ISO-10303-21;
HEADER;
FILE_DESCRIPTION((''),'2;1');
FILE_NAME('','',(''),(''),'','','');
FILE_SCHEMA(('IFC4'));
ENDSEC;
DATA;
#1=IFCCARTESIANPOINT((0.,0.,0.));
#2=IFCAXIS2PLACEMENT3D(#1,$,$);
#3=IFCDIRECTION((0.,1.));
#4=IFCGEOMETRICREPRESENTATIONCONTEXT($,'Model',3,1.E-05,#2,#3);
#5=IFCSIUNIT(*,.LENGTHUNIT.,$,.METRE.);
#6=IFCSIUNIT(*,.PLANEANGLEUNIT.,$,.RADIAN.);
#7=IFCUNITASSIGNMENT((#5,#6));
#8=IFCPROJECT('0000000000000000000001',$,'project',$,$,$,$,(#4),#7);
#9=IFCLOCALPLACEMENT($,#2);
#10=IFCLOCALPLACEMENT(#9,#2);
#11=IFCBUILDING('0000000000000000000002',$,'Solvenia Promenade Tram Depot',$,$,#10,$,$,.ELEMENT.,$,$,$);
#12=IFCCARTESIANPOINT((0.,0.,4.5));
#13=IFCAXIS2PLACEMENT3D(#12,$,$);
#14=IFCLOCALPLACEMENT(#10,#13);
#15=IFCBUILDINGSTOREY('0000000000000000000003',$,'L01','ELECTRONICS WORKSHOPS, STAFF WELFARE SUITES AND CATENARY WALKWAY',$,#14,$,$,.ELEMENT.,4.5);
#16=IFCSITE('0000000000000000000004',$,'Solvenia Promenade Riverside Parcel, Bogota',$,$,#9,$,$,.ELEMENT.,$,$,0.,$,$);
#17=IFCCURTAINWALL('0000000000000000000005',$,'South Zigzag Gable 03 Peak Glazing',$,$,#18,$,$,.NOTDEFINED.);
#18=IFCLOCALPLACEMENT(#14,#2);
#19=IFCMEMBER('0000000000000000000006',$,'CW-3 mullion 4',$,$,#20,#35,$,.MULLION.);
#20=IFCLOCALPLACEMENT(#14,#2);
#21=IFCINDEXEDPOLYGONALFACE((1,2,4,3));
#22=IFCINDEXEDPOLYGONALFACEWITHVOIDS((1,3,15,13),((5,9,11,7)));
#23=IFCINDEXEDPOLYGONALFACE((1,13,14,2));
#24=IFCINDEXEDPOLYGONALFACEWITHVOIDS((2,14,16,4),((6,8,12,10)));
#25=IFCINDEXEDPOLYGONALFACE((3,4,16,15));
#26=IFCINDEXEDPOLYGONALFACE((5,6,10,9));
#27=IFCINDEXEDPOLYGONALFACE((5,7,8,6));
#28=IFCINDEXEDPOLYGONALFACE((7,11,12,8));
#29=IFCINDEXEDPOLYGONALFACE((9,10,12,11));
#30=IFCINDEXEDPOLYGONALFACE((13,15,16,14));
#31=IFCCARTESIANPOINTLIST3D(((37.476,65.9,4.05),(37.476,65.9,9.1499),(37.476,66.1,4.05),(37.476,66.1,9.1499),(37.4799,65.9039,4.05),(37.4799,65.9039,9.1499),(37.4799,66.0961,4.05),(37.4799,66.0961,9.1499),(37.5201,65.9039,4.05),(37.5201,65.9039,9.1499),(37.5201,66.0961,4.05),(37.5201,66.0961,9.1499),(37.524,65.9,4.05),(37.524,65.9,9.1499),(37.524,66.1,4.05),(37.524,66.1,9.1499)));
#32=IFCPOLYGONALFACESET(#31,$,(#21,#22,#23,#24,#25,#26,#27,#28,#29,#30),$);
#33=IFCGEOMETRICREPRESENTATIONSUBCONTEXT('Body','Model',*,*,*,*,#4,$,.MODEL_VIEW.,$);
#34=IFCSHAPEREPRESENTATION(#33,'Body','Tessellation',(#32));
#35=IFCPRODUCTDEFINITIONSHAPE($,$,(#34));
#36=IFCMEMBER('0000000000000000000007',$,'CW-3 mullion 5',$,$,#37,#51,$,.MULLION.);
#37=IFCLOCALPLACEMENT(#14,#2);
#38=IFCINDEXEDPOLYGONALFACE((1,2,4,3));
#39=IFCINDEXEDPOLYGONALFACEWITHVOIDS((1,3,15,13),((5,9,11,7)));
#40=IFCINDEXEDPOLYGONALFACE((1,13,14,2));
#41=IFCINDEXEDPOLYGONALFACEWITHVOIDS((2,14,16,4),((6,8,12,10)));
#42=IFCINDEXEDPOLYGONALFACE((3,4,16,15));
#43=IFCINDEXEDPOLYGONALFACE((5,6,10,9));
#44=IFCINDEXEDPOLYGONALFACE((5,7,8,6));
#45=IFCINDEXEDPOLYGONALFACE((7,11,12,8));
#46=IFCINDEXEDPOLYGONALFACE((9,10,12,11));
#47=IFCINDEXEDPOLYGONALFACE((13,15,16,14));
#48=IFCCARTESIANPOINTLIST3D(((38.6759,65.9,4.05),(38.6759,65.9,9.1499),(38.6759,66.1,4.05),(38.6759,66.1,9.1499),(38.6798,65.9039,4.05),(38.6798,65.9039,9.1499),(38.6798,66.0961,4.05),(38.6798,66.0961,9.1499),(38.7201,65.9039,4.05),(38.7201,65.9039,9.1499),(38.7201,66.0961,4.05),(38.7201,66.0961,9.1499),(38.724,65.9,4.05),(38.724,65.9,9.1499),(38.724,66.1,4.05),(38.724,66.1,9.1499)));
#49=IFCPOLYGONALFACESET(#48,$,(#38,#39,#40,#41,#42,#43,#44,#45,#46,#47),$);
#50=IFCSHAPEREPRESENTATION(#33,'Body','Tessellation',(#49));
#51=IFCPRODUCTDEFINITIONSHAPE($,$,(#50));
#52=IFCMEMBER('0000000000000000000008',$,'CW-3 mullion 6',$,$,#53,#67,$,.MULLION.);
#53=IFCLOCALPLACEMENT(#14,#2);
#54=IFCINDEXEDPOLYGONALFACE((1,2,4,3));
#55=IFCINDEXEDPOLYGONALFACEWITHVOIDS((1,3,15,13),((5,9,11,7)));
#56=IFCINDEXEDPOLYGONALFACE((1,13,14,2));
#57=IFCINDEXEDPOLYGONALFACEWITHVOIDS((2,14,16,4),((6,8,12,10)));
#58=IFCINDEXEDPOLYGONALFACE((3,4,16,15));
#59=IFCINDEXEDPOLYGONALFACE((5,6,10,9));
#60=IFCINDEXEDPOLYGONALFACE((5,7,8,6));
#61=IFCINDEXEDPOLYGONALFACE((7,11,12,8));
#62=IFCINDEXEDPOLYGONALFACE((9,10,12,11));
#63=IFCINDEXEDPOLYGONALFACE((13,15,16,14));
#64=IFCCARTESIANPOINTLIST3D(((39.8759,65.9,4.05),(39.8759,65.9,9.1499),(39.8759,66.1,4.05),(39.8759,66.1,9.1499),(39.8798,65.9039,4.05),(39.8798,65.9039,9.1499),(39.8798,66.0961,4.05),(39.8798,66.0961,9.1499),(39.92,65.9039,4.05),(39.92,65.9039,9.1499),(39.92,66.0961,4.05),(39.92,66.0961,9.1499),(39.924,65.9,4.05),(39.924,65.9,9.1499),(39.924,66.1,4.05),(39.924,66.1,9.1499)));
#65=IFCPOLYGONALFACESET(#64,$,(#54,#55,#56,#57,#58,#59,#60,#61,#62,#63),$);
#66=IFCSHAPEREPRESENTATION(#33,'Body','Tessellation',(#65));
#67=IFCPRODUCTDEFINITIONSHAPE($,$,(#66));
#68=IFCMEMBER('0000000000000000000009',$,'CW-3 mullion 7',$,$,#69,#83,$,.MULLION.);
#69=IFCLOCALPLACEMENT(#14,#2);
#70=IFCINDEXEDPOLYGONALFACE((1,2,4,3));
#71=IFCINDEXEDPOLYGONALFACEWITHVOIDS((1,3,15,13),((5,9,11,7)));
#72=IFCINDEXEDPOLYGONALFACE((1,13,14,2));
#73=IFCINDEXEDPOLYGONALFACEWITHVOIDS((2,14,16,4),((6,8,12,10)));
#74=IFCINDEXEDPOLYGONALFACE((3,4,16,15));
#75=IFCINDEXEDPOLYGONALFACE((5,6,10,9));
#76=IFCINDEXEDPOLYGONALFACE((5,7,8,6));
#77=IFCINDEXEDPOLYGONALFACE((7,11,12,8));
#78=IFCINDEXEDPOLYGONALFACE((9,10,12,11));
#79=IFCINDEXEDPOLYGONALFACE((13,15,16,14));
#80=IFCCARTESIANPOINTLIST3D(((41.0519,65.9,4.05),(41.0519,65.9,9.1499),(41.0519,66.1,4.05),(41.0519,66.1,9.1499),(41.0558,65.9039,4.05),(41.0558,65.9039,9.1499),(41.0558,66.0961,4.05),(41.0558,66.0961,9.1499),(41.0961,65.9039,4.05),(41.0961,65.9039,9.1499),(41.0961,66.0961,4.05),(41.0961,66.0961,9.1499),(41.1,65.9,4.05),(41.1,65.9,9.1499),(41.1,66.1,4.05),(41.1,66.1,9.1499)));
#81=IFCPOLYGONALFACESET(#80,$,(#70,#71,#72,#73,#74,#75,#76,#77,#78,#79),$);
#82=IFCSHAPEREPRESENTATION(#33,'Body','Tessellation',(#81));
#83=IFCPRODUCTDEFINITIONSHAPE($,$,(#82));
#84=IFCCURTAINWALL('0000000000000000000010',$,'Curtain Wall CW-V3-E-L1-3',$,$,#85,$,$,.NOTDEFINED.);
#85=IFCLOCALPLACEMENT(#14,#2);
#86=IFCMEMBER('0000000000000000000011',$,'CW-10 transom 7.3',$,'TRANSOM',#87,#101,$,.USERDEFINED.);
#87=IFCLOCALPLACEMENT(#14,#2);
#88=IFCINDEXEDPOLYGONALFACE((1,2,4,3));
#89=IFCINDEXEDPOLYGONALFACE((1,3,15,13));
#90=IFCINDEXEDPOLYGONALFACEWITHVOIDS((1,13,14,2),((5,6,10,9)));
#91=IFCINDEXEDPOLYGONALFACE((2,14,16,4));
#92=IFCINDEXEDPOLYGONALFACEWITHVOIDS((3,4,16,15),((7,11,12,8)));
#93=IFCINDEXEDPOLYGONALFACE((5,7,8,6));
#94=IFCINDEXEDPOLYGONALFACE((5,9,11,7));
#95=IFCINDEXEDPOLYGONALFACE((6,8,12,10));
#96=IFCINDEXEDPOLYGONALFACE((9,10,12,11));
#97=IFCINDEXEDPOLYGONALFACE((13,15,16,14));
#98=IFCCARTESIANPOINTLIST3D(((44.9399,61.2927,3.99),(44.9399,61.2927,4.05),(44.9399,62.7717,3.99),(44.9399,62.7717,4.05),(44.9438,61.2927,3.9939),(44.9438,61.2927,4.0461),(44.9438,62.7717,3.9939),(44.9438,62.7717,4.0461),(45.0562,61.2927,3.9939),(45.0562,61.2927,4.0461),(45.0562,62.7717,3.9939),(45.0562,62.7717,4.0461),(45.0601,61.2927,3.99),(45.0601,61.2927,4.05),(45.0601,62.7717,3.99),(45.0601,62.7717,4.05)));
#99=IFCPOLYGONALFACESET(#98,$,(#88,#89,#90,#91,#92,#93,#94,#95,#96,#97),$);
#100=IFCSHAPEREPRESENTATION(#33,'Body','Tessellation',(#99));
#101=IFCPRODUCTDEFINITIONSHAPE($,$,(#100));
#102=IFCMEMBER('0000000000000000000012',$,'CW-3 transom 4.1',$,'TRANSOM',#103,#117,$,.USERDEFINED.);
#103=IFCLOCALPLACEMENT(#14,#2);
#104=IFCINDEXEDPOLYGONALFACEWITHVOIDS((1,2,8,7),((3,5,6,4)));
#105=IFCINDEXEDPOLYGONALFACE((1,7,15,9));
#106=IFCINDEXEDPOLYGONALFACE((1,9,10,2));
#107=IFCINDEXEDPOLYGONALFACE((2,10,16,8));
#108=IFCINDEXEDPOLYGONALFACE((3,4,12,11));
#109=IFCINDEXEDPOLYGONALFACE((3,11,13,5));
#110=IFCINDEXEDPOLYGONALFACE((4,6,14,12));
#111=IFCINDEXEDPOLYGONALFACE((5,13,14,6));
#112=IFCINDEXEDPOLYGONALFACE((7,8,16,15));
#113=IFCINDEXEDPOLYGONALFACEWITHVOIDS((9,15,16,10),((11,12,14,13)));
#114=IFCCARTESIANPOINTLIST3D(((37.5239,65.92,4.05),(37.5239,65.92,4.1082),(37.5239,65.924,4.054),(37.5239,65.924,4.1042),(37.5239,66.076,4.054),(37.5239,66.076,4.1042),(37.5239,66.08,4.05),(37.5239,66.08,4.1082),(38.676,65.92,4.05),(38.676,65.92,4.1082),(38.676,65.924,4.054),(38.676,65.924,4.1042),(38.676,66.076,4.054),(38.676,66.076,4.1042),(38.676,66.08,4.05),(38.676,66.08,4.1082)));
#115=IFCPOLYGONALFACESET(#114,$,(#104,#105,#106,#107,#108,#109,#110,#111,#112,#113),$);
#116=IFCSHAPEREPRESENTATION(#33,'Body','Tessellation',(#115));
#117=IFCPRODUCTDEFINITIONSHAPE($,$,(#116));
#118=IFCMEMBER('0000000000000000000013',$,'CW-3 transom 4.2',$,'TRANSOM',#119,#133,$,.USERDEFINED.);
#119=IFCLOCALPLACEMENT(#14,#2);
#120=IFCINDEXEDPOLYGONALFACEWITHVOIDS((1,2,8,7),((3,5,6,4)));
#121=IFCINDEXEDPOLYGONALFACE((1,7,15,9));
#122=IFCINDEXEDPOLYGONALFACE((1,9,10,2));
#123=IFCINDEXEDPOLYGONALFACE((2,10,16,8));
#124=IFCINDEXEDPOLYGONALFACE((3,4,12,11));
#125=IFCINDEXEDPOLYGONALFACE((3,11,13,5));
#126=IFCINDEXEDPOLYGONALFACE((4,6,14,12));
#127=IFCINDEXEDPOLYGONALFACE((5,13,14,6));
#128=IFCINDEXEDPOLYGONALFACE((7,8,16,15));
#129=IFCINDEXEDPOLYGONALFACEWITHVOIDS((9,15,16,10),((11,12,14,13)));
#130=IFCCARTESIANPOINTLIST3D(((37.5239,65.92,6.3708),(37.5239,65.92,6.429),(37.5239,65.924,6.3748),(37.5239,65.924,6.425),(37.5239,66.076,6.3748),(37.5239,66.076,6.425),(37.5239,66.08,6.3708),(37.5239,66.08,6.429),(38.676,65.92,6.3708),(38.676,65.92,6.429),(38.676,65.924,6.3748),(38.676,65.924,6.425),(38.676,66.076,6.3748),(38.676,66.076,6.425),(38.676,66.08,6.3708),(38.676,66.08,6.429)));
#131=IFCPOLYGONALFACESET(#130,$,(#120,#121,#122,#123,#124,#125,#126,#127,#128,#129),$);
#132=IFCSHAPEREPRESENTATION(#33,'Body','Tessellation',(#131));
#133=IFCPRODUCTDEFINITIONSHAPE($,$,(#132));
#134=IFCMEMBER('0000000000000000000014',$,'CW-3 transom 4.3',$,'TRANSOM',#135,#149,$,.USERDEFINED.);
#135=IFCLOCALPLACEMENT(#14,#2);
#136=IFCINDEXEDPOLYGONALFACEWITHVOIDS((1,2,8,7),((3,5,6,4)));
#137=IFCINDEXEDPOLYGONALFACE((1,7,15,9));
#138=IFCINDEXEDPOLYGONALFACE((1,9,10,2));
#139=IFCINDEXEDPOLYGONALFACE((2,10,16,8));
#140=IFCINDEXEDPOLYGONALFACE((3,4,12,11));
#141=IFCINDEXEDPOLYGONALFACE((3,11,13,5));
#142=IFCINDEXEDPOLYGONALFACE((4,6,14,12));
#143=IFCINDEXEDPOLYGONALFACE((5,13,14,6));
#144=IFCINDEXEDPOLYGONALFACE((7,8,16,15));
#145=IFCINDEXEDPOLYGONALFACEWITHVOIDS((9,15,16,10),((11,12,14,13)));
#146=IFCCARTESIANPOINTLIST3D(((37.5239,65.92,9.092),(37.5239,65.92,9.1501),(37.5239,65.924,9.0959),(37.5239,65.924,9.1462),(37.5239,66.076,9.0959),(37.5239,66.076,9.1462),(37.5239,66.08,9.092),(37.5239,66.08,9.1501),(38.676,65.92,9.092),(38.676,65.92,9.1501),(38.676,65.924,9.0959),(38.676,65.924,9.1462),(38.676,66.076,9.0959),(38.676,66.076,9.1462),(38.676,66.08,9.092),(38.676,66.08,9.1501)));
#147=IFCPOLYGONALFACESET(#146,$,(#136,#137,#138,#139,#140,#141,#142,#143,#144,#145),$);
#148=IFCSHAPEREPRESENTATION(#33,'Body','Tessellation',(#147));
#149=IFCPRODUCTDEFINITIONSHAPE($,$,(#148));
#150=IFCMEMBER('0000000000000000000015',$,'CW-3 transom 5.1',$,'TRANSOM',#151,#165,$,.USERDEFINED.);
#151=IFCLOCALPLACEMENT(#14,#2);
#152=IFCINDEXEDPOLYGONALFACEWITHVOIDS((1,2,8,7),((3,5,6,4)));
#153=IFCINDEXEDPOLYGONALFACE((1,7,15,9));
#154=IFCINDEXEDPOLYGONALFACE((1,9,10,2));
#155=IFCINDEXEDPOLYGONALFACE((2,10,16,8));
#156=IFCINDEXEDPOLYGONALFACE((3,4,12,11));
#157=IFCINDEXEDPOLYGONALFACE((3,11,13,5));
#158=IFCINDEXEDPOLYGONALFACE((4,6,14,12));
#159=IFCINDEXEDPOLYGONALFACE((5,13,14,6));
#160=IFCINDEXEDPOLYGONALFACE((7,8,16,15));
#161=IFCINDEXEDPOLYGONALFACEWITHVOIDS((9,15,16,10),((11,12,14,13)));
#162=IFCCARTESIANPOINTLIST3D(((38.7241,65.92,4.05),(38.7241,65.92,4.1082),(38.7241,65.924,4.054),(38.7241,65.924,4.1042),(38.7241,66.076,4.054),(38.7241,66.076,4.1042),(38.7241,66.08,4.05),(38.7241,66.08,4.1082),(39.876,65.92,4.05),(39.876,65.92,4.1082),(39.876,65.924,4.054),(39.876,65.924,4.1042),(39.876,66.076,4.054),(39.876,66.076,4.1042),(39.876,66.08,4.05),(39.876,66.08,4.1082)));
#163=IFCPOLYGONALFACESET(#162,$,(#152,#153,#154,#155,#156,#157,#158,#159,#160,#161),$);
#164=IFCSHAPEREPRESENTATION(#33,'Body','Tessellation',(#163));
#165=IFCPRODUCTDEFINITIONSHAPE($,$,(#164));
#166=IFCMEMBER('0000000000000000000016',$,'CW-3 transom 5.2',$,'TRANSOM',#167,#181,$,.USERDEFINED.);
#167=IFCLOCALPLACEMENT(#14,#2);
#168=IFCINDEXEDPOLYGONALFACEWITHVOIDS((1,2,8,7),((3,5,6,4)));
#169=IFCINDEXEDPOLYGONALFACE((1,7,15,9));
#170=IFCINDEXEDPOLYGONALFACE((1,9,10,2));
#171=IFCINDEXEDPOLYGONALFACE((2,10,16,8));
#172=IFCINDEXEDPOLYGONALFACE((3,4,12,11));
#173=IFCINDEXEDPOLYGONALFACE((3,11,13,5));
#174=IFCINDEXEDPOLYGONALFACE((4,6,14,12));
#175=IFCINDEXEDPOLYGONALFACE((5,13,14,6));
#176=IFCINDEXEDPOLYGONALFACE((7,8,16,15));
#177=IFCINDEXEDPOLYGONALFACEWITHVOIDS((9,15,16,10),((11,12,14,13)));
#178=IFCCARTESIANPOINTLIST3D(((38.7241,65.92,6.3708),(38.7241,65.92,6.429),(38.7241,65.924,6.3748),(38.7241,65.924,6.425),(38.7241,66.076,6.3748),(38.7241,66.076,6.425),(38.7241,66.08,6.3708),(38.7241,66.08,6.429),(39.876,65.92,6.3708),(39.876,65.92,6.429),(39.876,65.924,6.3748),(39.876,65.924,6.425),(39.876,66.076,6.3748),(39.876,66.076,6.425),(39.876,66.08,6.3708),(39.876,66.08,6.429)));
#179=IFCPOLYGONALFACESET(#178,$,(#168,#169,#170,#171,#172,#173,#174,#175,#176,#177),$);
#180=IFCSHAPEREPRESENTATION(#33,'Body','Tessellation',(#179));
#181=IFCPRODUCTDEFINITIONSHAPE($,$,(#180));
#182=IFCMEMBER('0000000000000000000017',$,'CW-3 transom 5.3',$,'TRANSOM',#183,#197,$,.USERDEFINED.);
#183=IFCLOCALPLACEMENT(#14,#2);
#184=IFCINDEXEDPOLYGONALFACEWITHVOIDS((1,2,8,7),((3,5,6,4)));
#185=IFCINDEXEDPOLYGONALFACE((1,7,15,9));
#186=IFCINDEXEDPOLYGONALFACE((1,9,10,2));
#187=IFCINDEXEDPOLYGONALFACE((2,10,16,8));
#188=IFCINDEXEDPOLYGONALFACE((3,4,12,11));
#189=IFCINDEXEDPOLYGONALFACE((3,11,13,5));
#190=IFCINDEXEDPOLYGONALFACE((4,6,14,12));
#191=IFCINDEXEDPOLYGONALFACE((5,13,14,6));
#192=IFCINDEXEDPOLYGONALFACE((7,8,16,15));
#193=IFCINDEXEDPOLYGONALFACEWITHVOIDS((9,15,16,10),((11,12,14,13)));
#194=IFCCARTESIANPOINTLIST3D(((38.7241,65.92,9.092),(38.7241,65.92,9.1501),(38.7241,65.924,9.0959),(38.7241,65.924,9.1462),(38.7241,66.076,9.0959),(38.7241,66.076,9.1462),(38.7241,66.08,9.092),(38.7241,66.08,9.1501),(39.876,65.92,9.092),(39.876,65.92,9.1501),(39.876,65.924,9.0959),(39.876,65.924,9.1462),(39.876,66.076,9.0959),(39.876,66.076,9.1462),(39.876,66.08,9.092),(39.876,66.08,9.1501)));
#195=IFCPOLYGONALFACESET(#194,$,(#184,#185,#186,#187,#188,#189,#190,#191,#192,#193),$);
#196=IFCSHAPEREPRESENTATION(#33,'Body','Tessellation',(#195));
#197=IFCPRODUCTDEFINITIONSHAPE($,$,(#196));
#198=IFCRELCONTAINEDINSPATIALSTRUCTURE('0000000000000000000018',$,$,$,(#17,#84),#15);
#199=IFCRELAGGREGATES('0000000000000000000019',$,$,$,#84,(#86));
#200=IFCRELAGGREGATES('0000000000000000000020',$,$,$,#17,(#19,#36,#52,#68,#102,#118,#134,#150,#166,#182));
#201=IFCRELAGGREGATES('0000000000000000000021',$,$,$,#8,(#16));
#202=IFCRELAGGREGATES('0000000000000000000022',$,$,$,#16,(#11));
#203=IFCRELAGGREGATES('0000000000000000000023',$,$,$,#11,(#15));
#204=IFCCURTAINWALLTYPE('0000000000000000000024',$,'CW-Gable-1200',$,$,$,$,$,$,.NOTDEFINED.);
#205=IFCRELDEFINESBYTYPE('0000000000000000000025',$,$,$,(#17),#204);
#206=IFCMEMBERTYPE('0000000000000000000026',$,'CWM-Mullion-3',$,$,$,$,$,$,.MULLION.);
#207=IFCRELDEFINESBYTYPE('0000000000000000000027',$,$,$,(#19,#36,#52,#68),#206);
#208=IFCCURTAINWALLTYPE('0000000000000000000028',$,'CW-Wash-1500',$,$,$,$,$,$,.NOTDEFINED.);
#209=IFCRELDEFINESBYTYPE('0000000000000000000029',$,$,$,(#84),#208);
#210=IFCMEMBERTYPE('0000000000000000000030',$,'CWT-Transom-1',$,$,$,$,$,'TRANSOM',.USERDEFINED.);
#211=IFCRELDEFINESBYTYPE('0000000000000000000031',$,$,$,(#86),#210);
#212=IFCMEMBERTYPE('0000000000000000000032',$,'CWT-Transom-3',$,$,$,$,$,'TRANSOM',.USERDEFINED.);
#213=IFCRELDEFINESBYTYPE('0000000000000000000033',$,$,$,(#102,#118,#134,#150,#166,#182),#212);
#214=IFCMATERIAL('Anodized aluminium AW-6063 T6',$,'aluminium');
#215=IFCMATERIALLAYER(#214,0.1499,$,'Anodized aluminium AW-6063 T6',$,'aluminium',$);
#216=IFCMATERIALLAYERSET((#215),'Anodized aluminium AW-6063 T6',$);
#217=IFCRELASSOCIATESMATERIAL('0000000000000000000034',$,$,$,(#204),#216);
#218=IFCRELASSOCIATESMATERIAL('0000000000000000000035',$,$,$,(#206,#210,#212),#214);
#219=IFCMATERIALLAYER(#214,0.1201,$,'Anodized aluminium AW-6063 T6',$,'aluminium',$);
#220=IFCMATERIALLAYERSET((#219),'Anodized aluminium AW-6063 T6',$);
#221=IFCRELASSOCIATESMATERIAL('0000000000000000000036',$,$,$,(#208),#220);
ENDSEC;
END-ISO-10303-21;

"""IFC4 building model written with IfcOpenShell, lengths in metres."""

from ifc_helpers import new_model, si_unit, direction, frame, origin, origin_2d, place, context, subcontext, project, spatial, hollow_rectangle, extrude, material, layer, layer_set, material_profile, profile_set, type_object, element, aggregate, save


model = new_model("IFC4")

# Units and contexts
model_context = context("Model", 3, precision=1e-05, world=origin(), true_north=direction((0.0, 1.0)))
body_context = subcontext(model_context, "Body", "Model", "MODEL_VIEW")
ifc_project = project(units=[si_unit("LENGTHUNIT", "METRE"), si_unit("PLANEANGLEUNIT", "RADIAN")], contexts=[model_context])

# Site, building, storey
site_placement = place(None, origin())
site = spatial("IfcSite", under=ifc_project, at=site_placement, Name="Solvenia Promenade Riverside Parcel, Bogota", CompositionType="ELEMENT", RefElevation=0.0)
building_placement = place(site_placement, origin())
building = spatial("IfcBuilding", under=site, at=building_placement, Name="Solvenia Promenade Tram Depot", CompositionType="ELEMENT")
storey_placement = place(building_placement, frame((0.0, 0.0, 4.5)))
storey = spatial("IfcBuildingStorey", under=building, at=storey_placement, Name="L01", Description="ELECTRONICS WORKSHOPS, STAFF WELFARE SUITES AND CATENARY WALKWAY", CompositionType="ELEMENT", Elevation=4.5)

# Curtain wall, members
ifc_material_1 = material(Name="Anodized aluminium AW-6063 T6", Category="aluminium")
ifc_layer_1 = layer(ifc_material_1, 0.1499, Name="Anodized aluminium AW-6063 T6", Category="aluminium")
ifc_layer_set_1 = layer_set([ifc_layer_1], Name="Anodized aluminium AW-6063 T6")
curtain_wall_type_1 = type_object("IfcCurtainWallType", Name="CW-Gable-1200", PredefinedType="NOTDEFINED", material=ifc_layer_set_1)
curtain_wall_1_placement = place(storey_placement, origin())
curtain_wall_1 = element("IfcCurtainWall", 1, at=curtain_wall_1_placement, inside=storey, type_object=curtain_wall_type_1, Name="South Zigzag Gable 03 Peak Glazing", PredefinedType="NOTDEFINED")
ifc_material_profile_1 = material_profile(ifc_material_1, hollow_rectangle(XDim=0.2, YDim=0.0481, WallThickness=0.0039, at=origin_2d()), Name="ALU-M3", Category="aluminium")
ifc_profile_set_1 = profile_set([ifc_material_profile_1], Name="Anodized aluminium AW-6063 T6")
member_type_1 = type_object("IfcMemberType", Name="CWM-Mullion-3", PredefinedType="MULLION", material=ifc_profile_set_1)
member_1_placement = place(storey_placement, frame((37.5, 66.0, 4.05), z_axis=(0.0, 0.0, 1.0), x_axis=(0.0, 1.0, 0.0)))
member_1 = element("IfcMember", 2, at=member_1_placement, type_object=member_type_1, Name="CW-3 mullion 4", PredefinedType="MULLION", context=body_context, shape_type="SweptSolid", body=[
    extrude(hollow_rectangle(XDim=0.2, YDim=0.0481, WallThickness=0.0039, at=origin_2d()), origin(), (0.0, 0.0, 1.0), 5.0999),
])
member_2_placement = place(storey_placement, frame((38.7, 66.0, 4.05), z_axis=(0.0, 0.0, 1.0), x_axis=(0.0, 1.0, 0.0)))
member_2 = element("IfcMember", 3, at=member_2_placement, type_object=member_type_1, Name="CW-3 mullion 5", PredefinedType="MULLION", context=body_context, shape_type="SweptSolid", body=[
    extrude(hollow_rectangle(XDim=0.2, YDim=0.0481, WallThickness=0.0039, at=origin_2d()), origin(), (0.0, 0.0, 1.0), 5.0999),
])
member_3_placement = place(storey_placement, frame((39.8999, 66.0, 4.05), z_axis=(0.0, 0.0, 1.0), x_axis=(0.0, 1.0, 0.0)))
member_3 = element("IfcMember", 4, at=member_3_placement, type_object=member_type_1, Name="CW-3 mullion 6", PredefinedType="MULLION", context=body_context, shape_type="SweptSolid", body=[
    extrude(hollow_rectangle(XDim=0.2, YDim=0.0481, WallThickness=0.0039, at=origin_2d()), origin(), (0.0, 0.0, 1.0), 5.0999),
])
member_4_placement = place(storey_placement, frame((41.0759, 66.0, 4.05), z_axis=(0.0, 0.0, 1.0), x_axis=(0.0, 1.0, 0.0)))
member_4 = element("IfcMember", 5, at=member_4_placement, type_object=member_type_1, Name="CW-3 mullion 7", PredefinedType="MULLION", context=body_context, shape_type="SweptSolid", body=[
    extrude(hollow_rectangle(XDim=0.2, YDim=0.0481, WallThickness=0.0039, at=origin_2d()), origin(), (0.0, 0.0, 1.0), 5.0999),
])

# Curtain wall, member
ifc_layer_2 = layer(ifc_material_1, 0.1201, Name="Anodized aluminium AW-6063 T6", Category="aluminium")
ifc_layer_set_2 = layer_set([ifc_layer_2], Name="Anodized aluminium AW-6063 T6")
curtain_wall_type_2 = type_object("IfcCurtainWallType", Name="CW-Wash-1500", PredefinedType="NOTDEFINED", material=ifc_layer_set_2)
curtain_wall_2_placement = place(storey_placement, origin())
curtain_wall_2 = element("IfcCurtainWall", 6, at=curtain_wall_2_placement, inside=storey, type_object=curtain_wall_type_2, Name="Curtain Wall CW-V3-E-L1-3", PredefinedType="NOTDEFINED")
ifc_material_profile_2 = material_profile(ifc_material_1, hollow_rectangle(XDim=0.1201, YDim=0.0601, WallThickness=0.0039, at=origin_2d()), Name="ALU-T1", Category="aluminium")
ifc_profile_set_2 = profile_set([ifc_material_profile_2], Name="Anodized aluminium AW-6063 T6")
member_type_2 = type_object("IfcMemberType", Name="CWT-Transom-1", ElementType="TRANSOM", PredefinedType="USERDEFINED", material=ifc_profile_set_2)
member_5_placement = place(storey_placement, frame((45.0, 61.2927, 4.02), z_axis=(0.0, 1.0, 0.0), x_axis=(-1.0, 0.0, 0.0)))
member_5 = element("IfcMember", 7, at=member_5_placement, type_object=member_type_2, Name="CW-10 transom 7.3", ObjectType="TRANSOM", PredefinedType="USERDEFINED", context=body_context, shape_type="SweptSolid", body=[
    extrude(hollow_rectangle(XDim=0.1201, YDim=0.0601, WallThickness=0.0039, at=origin_2d()), origin(), (0.0, 0.0, 1.0), 1.479),
])
aggregate(curtain_wall_2, [member_5])

# Members
ifc_material_profile_3 = material_profile(ifc_material_1, hollow_rectangle(XDim=0.1599, YDim=0.0581, WallThickness=0.0039, at=origin_2d()), Name="ALU-T3", Category="aluminium")
ifc_profile_set_3 = profile_set([ifc_material_profile_3], Name="Anodized aluminium AW-6063 T6")
member_type_3 = type_object("IfcMemberType", Name="CWT-Transom-3", ElementType="TRANSOM", PredefinedType="USERDEFINED", material=ifc_profile_set_3)
member_6_placement = place(storey_placement, frame((37.5239, 66.0, 4.0791), z_axis=(1.0, 0.0, 0.0), x_axis=(0.0, 1.0, 0.0)))
member_6 = element("IfcMember", 8, at=member_6_placement, type_object=member_type_3, Name="CW-3 transom 4.1", ObjectType="TRANSOM", PredefinedType="USERDEFINED", context=body_context, shape_type="SweptSolid", body=[
    extrude(hollow_rectangle(XDim=0.1599, YDim=0.0581, WallThickness=0.0039, at=origin_2d()), origin(), (0.0, 0.0, 1.0), 1.1521),
])
member_7_placement = place(storey_placement, frame((37.5239, 66.0, 6.3999), z_axis=(1.0, 0.0, 0.0), x_axis=(0.0, 1.0, 0.0)))
member_7 = element("IfcMember", 9, at=member_7_placement, type_object=member_type_3, Name="CW-3 transom 4.2", ObjectType="TRANSOM", PredefinedType="USERDEFINED", context=body_context, shape_type="SweptSolid", body=[
    extrude(hollow_rectangle(XDim=0.1599, YDim=0.0581, WallThickness=0.0039, at=origin_2d()), origin(), (0.0, 0.0, 1.0), 1.1521),
])
member_8_placement = place(storey_placement, frame((37.5239, 66.0, 9.1211), z_axis=(1.0, 0.0, 0.0), x_axis=(0.0, 1.0, 0.0)))
member_8 = element("IfcMember", 10, at=member_8_placement, type_object=member_type_3, Name="CW-3 transom 4.3", ObjectType="TRANSOM", PredefinedType="USERDEFINED", context=body_context, shape_type="SweptSolid", body=[
    extrude(hollow_rectangle(XDim=0.1599, YDim=0.0581, WallThickness=0.0039, at=origin_2d()), origin(), (0.0, 0.0, 1.0), 1.1521),
])
member_9_placement = place(storey_placement, frame((38.7241, 66.0, 4.0791), z_axis=(1.0, 0.0, 0.0), x_axis=(0.0, 1.0, 0.0)))
member_9 = element("IfcMember", 11, at=member_9_placement, type_object=member_type_3, Name="CW-3 transom 5.1", ObjectType="TRANSOM", PredefinedType="USERDEFINED", context=body_context, shape_type="SweptSolid", body=[
    extrude(hollow_rectangle(XDim=0.1599, YDim=0.0581, WallThickness=0.0039, at=origin_2d()), origin(), (0.0, 0.0, 1.0), 1.1519),
])
member_10_placement = place(storey_placement, frame((38.7241, 66.0, 6.3999), z_axis=(1.0, 0.0, 0.0), x_axis=(0.0, 1.0, 0.0)))
member_10 = element("IfcMember", 12, at=member_10_placement, type_object=member_type_3, Name="CW-3 transom 5.2", ObjectType="TRANSOM", PredefinedType="USERDEFINED", context=body_context, shape_type="SweptSolid", body=[
    extrude(hollow_rectangle(XDim=0.1599, YDim=0.0581, WallThickness=0.0039, at=origin_2d()), origin(), (0.0, 0.0, 1.0), 1.1519),
])
member_11_placement = place(storey_placement, frame((38.7241, 66.0, 9.1211), z_axis=(1.0, 0.0, 0.0), x_axis=(0.0, 1.0, 0.0)))
member_11 = element("IfcMember", 13, at=member_11_placement, type_object=member_type_3, Name="CW-3 transom 5.3", ObjectType="TRANSOM", PredefinedType="USERDEFINED", context=body_context, shape_type="SweptSolid", body=[
    extrude(hollow_rectangle(XDim=0.1599, YDim=0.0581, WallThickness=0.0039, at=origin_2d()), origin(), (0.0, 0.0, 1.0), 1.1519),
])

aggregate(curtain_wall_1, [member_1, member_2, member_3, member_4, member_6, member_7, member_8, member_9, member_10, member_11])

save(model, "model.ifc")
